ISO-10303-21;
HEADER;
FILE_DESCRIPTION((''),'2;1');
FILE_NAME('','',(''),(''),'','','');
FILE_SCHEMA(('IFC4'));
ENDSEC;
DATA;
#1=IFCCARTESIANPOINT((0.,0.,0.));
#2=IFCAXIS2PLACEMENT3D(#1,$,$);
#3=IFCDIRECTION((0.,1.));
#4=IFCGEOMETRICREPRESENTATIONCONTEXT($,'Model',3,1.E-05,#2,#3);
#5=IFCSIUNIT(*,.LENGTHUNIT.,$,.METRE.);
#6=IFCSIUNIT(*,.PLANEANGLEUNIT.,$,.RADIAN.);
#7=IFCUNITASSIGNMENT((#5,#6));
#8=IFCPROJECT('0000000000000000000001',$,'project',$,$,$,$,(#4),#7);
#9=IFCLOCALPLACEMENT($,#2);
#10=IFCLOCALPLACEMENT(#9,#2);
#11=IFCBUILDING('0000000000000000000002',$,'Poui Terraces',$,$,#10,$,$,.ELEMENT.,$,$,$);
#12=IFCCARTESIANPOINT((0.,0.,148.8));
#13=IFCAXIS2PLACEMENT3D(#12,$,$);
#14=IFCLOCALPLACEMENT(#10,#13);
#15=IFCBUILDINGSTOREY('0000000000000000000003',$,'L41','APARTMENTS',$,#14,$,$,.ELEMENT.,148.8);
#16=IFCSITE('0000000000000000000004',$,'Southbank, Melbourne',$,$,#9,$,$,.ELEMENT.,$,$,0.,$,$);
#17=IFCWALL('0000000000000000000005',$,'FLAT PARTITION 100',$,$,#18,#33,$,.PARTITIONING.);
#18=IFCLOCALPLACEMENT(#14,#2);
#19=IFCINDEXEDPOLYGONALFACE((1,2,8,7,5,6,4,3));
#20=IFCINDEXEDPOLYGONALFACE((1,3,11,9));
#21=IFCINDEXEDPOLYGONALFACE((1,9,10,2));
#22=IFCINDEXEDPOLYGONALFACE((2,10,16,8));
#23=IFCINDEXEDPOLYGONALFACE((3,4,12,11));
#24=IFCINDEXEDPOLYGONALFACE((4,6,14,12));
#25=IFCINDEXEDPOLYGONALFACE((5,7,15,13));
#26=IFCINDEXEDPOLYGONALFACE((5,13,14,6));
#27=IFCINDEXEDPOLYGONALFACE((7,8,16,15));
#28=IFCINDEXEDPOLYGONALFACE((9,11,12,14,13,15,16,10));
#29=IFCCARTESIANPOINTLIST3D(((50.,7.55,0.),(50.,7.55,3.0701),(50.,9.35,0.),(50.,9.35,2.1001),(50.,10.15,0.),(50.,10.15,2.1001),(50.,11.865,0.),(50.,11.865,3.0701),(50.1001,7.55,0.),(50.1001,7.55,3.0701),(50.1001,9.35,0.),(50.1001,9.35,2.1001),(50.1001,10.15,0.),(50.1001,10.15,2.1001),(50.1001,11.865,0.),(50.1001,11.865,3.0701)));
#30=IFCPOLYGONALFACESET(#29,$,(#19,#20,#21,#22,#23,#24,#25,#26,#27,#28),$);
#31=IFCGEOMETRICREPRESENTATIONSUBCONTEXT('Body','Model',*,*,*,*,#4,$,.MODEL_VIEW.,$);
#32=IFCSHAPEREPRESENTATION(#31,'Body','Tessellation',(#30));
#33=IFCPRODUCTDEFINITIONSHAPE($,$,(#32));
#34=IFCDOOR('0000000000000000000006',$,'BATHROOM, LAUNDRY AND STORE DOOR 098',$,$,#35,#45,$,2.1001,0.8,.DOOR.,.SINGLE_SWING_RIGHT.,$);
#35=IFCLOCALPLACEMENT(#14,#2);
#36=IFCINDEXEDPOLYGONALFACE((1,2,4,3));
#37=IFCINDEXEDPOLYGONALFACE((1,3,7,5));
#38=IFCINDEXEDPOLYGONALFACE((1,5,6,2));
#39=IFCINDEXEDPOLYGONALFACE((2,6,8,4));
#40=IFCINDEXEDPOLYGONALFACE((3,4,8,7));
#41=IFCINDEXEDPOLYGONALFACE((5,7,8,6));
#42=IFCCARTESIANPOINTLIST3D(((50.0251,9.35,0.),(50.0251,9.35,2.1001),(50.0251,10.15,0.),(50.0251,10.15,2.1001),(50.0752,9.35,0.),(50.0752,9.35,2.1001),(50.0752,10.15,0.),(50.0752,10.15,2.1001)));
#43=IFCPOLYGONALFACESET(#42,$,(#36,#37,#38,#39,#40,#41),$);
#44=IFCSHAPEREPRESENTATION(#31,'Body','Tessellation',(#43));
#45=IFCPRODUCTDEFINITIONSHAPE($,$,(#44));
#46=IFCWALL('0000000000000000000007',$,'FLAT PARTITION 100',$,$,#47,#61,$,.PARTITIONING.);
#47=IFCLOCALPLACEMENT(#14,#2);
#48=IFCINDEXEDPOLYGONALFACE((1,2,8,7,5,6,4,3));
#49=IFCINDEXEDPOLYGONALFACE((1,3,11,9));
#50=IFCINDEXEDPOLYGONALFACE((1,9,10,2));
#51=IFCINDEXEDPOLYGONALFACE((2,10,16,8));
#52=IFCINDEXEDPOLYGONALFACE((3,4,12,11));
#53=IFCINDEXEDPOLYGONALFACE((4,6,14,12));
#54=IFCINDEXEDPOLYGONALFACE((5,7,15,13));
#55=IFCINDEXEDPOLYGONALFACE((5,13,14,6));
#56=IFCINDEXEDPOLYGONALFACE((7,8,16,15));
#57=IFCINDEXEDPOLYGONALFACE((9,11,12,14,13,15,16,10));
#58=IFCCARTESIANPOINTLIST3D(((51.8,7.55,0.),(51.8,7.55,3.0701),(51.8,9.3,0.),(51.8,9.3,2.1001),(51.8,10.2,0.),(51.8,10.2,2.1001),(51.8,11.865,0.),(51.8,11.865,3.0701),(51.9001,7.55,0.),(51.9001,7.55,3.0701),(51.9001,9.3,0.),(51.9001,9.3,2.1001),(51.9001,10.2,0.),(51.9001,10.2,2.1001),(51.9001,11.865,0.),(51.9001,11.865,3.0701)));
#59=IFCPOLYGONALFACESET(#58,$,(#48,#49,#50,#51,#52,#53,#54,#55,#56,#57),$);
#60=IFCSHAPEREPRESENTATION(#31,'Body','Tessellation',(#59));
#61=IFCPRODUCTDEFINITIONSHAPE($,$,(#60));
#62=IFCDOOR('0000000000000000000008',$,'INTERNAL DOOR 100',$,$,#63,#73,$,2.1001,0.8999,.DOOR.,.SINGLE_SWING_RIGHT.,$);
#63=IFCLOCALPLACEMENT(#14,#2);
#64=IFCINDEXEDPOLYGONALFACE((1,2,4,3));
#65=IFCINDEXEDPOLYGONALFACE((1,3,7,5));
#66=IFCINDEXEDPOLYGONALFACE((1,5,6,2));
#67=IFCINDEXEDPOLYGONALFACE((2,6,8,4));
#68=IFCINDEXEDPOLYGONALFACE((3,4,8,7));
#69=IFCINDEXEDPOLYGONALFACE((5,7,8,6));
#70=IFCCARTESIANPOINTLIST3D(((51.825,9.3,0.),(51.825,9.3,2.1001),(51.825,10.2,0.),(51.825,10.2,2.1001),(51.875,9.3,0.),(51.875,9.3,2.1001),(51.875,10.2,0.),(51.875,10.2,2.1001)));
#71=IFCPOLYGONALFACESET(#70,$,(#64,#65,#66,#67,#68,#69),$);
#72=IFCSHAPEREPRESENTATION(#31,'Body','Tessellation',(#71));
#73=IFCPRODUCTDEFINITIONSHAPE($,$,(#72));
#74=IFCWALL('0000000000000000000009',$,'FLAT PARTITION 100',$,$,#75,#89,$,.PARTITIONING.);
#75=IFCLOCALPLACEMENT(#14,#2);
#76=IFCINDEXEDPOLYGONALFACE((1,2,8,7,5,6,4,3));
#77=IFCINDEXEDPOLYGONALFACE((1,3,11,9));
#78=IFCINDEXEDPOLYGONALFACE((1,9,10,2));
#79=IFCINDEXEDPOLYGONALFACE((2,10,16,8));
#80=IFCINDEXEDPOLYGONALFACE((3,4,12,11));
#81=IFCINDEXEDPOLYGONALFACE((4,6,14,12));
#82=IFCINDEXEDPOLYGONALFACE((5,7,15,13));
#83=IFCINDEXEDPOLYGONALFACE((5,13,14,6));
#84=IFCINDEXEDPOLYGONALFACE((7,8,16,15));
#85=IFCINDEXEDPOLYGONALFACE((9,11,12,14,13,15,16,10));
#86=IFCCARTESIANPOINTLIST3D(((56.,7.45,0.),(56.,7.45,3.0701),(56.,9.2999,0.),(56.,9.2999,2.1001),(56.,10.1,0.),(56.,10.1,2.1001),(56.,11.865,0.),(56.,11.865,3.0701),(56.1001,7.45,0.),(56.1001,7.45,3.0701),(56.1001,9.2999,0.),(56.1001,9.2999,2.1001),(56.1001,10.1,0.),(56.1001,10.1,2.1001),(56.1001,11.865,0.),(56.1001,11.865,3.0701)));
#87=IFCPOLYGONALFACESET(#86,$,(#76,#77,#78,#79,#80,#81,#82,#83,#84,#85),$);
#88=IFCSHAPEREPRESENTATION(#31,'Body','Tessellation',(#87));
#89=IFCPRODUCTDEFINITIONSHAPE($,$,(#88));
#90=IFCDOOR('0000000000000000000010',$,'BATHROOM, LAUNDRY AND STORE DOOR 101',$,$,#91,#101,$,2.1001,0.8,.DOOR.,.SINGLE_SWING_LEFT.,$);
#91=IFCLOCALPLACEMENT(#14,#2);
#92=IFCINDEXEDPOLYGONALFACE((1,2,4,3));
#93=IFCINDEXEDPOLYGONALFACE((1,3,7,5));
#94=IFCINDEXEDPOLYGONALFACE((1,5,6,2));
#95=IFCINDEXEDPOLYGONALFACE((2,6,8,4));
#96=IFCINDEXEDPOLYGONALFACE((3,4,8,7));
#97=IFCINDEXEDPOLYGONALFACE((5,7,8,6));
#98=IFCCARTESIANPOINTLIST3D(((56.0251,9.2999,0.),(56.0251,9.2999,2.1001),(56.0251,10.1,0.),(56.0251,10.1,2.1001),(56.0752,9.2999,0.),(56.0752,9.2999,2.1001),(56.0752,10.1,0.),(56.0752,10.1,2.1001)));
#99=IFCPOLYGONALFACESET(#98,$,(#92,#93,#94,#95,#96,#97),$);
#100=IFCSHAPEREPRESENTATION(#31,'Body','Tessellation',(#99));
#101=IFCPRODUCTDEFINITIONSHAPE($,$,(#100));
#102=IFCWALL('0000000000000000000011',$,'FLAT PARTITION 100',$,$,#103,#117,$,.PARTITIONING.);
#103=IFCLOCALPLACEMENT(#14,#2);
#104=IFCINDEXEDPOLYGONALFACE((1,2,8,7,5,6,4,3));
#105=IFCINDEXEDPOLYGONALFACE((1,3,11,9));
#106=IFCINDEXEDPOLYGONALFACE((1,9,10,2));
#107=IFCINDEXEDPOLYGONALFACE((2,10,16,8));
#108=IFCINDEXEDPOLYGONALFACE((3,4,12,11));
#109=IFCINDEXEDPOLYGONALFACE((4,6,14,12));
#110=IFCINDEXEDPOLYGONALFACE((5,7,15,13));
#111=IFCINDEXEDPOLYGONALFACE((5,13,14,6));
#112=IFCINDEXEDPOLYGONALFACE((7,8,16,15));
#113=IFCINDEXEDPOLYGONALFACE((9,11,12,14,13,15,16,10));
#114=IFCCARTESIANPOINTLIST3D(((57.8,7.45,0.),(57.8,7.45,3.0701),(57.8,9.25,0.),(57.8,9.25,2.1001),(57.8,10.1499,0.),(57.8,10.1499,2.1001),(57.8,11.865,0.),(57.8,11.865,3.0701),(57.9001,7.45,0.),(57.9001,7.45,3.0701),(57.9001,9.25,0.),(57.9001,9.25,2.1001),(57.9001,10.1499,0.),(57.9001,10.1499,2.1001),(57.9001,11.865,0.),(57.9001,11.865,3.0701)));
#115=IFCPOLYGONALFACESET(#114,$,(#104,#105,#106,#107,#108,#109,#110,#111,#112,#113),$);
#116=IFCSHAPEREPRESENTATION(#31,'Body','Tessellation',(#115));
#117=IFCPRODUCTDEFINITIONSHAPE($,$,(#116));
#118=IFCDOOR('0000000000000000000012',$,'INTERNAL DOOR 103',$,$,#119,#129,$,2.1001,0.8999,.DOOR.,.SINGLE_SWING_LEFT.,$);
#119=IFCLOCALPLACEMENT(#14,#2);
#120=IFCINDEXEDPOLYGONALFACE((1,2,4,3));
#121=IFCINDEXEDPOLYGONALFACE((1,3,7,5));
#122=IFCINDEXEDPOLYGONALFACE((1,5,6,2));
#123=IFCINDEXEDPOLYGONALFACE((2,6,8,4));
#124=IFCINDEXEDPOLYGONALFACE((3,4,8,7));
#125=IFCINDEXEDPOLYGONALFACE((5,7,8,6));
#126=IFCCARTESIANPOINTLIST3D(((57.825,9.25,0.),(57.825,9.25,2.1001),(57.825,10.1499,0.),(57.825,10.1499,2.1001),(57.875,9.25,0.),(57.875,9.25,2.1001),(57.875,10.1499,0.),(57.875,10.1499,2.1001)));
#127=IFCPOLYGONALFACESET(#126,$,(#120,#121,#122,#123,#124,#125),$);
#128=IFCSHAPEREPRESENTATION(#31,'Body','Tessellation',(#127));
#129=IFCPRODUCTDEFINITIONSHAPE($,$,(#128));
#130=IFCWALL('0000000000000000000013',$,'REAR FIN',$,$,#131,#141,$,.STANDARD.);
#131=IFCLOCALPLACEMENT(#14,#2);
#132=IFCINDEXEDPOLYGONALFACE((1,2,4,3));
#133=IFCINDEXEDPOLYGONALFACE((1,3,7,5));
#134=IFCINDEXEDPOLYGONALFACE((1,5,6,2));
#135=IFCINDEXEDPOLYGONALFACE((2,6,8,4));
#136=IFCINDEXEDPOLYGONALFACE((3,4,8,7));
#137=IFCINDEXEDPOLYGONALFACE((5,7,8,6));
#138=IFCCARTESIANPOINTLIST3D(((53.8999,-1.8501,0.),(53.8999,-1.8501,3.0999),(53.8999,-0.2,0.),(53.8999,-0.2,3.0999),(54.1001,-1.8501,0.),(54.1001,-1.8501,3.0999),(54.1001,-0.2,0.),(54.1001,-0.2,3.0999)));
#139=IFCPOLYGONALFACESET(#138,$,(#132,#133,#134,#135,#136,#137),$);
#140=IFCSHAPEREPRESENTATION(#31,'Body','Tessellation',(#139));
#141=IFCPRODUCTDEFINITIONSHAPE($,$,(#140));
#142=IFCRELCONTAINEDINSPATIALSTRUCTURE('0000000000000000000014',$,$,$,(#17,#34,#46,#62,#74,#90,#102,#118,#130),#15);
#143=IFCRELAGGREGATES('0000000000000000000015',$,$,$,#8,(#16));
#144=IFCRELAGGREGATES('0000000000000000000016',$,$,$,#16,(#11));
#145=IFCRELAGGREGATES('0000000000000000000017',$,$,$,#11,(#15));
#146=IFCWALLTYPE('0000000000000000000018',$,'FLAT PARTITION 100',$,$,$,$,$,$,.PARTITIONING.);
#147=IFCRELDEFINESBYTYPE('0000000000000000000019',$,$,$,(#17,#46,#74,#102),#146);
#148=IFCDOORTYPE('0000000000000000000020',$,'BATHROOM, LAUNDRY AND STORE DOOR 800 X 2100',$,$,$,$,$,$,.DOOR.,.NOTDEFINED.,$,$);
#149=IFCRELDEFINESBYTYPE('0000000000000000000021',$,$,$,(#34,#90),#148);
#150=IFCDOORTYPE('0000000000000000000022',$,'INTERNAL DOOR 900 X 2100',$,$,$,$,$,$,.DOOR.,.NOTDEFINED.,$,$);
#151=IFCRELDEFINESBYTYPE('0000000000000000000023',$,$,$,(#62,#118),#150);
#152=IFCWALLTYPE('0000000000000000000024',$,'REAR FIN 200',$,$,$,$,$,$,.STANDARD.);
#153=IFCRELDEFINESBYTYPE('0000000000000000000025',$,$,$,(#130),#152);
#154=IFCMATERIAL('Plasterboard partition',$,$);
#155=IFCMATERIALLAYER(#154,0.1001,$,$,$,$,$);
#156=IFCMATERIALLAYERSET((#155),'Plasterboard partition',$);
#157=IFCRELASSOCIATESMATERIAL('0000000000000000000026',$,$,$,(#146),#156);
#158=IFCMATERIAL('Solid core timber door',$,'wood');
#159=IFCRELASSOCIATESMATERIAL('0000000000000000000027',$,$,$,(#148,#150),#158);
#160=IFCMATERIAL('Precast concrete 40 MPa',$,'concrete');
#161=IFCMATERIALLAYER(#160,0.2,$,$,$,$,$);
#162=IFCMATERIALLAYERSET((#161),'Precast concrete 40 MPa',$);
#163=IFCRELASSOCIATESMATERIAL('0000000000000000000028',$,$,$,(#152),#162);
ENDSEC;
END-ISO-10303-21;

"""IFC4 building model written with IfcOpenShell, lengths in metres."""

from ifc_helpers import new_model, si_unit, direction, frame, frame_2d, origin, place, context, subcontext, project, spatial, polyline, rectangle, outline, extrude, source, transform, mapped, material, layer, layer_set, type_object, element, fill, save


model = new_model("IFC4")

# Units and contexts
model_context = context("Model", 3, precision=1e-05, world=origin(), true_north=direction((0.0, 1.0)))
body_context = subcontext(model_context, "Body", "Model", "MODEL_VIEW")
ifc_project = project(units=[si_unit("LENGTHUNIT", "METRE"), si_unit("PLANEANGLEUNIT", "RADIAN")], contexts=[model_context])

# Site, building, storey
site_placement = place(None, origin())
site = spatial("IfcSite", under=ifc_project, at=site_placement, Name="Southbank, Melbourne", CompositionType="ELEMENT", RefElevation=0.0)
building_placement = place(site_placement, origin())
building = spatial("IfcBuilding", under=site, at=building_placement, Name="Poui Terraces", CompositionType="ELEMENT")
storey_placement = place(building_placement, frame((0.0, 0.0, 148.8)))
storey = spatial("IfcBuildingStorey", under=building, at=storey_placement, Name="L41", Description="APARTMENTS", CompositionType="ELEMENT", Elevation=148.8)

# Shared definitions
ifc_material_1 = material(Name="Precast concrete 40 MPa", Category="concrete")

# Shared definitions
ifc_material_2 = material(Name="Plasterboard partition")
ifc_layer_1 = layer(ifc_material_2, 0.1001)
ifc_layer_set_1 = layer_set([ifc_layer_1], Name="Plasterboard partition")
wall_type_1 = type_object("IfcWallType", Name="FLAT PARTITION 100", PredefinedType="PARTITIONING", material=ifc_layer_set_1)

# Walls, openings, doors
wall_1_placement = place(storey_placement, frame((50.05, 7.55, 0.0), z_axis=(0.0, 0.0, 1.0), x_axis=(0.0, 1.0, 0.0)))
wall_1 = element("IfcWall", 1, at=wall_1_placement, inside=storey, type_object=wall_type_1, Name="FLAT PARTITION 100", PredefinedType="PARTITIONING", context=body_context, shape_type="SweptSolid", body=[
    extrude(rectangle(XDim=4.3149, YDim=0.1001, at=frame_2d((2.1575, 0.0))), origin(), (0.0, 0.0, 1.0), 3.0701),
])
opening_1_placement = place(wall_1_placement, frame((1.8, 0.0, 0.0)))
opening_1 = element("IfcOpeningElement", 2, at=opening_1_placement, cuts=wall_1, PredefinedType="OPENING", context=body_context, shape_type="SweptSolid", body=[
    extrude(rectangle(XDim=0.8, YDim=2.1001, at=frame_2d((0.3999, 1.05))), frame((0.0, 0.0601, 0.0), z_axis=(0.0, -1.0, 0.0), x_axis=(1.0, 0.0, 0.0)), (0.0, 0.0, 1.0), 0.1201),
])
ifc_material_3 = material(Name="Solid core timber door", Category="wood")
door_type_1 = type_object("IfcDoorType", Name="BATHROOM, LAUNDRY AND STORE DOOR 800 X 2100", OperationType="NOTDEFINED", PredefinedType="DOOR", material=ifc_material_3)
door_1_placement = place(opening_1_placement, origin())
door_1 = element("IfcDoor", 3, at=door_1_placement, inside=storey, type_object=door_type_1, Name="BATHROOM, LAUNDRY AND STORE DOOR 098", OperationType="SINGLE_SWING_RIGHT", OverallHeight=2.1001, OverallWidth=0.8, PredefinedType="DOOR", context=body_context, shape_type="SweptSolid", body=[
    extrude(rectangle(XDim=0.8, YDim=2.1001, at=frame_2d((0.3999, 1.05))), frame((0.0, 0.0249, 0.0), z_axis=(0.0, -1.0, 0.0), x_axis=(1.0, 0.0, 0.0)), (0.0, 0.0, 1.0), 0.05),
])
fill(opening_1, door_1)
wall_2_placement = place(storey_placement, frame((51.8501, 7.55, 0.0), z_axis=(0.0, 0.0, 1.0), x_axis=(0.0, 1.0, 0.0)))
wall_2 = element("IfcWall", 4, at=wall_2_placement, inside=storey, type_object=wall_type_1, Name="FLAT PARTITION 100", PredefinedType="PARTITIONING", context=body_context, shape_type="SweptSolid", body=[
    extrude(rectangle(XDim=4.3149, YDim=0.1001, at=frame_2d((2.1575, 0.0))), origin(), (0.0, 0.0, 1.0), 3.0701),
])
opening_2_placement = place(wall_2_placement, frame((1.75, 0.0, 0.0)))
opening_2 = element("IfcOpeningElement", 5, at=opening_2_placement, cuts=wall_2, PredefinedType="OPENING", context=body_context, shape_type="SweptSolid", body=[
    extrude(rectangle(XDim=0.8999, YDim=2.1001, at=frame_2d((0.45, 1.05))), frame((0.0, 0.0601, 0.0), z_axis=(0.0, -1.0, 0.0), x_axis=(1.0, 0.0, 0.0)), (0.0, 0.0, 1.0), 0.1201),
])
door_type_2 = type_object("IfcDoorType", Name="INTERNAL DOOR 900 X 2100", OperationType="NOTDEFINED", PredefinedType="DOOR", material=ifc_material_3)
door_2_placement = place(opening_2_placement, frame((0.8999, 0.0, 0.0), z_axis=(0.0, 0.0, 1.0), x_axis=(-1.0, 0.0, 0.0)))
door_2 = element("IfcDoor", 6, at=door_2_placement, inside=storey, type_object=door_type_2, Name="INTERNAL DOOR 100", OperationType="SINGLE_SWING_RIGHT", OverallHeight=2.1001, OverallWidth=0.8999, PredefinedType="DOOR", context=body_context, shape_type="SweptSolid", body=[
    extrude(rectangle(XDim=0.8999, YDim=2.1001, at=frame_2d((0.45, 1.05))), frame((0.0, 0.0249, 0.0), z_axis=(0.0, -1.0, 0.0), x_axis=(1.0, 0.0, 0.0)), (0.0, 0.0, 1.0), 0.05),
])
fill(opening_2, door_2)
wall_3_placement = place(storey_placement, frame((56.05, 7.45, 0.0), z_axis=(0.0, 0.0, 1.0), x_axis=(0.0, 1.0, 0.0)))
wall_3 = element("IfcWall", 7, at=wall_3_placement, inside=storey, type_object=wall_type_1, Name="FLAT PARTITION 100", PredefinedType="PARTITIONING", context=body_context, shape_type="SweptSolid", body=[
    extrude(rectangle(XDim=4.415, YDim=0.1001, at=frame_2d((2.2075, 0.0))), origin(), (0.0, 0.0, 1.0), 3.0701),
])
opening_3_placement = place(wall_3_placement, frame((1.8501, 0.0, 0.0)))
opening_3 = element("IfcOpeningElement", 8, at=opening_3_placement, cuts=wall_3, PredefinedType="OPENING", context=body_context, shape_type="SweptSolid", body=[
    extrude(rectangle(XDim=0.8, YDim=2.1001, at=frame_2d((0.3999, 1.05))), frame((0.0, 0.0601, 0.0), z_axis=(0.0, -1.0, 0.0), x_axis=(1.0, 0.0, 0.0)), (0.0, 0.0, 1.0), 0.1201),
])
door_3_placement = place(opening_3_placement, origin())
door_3 = element("IfcDoor", 9, at=door_3_placement, inside=storey, type_object=door_type_1, Name="BATHROOM, LAUNDRY AND STORE DOOR 101", OperationType="SINGLE_SWING_LEFT", OverallHeight=2.1001, OverallWidth=0.8, PredefinedType="DOOR", context=body_context, shape_type="SweptSolid", body=[
    extrude(rectangle(XDim=0.8, YDim=2.1001, at=frame_2d((0.3999, 1.05))), frame((0.0, 0.0249, 0.0), z_axis=(0.0, -1.0, 0.0), x_axis=(1.0, 0.0, 0.0)), (0.0, 0.0, 1.0), 0.05),
])
fill(opening_3, door_3)
wall_4_placement = place(storey_placement, frame((57.8501, 7.45, 0.0), z_axis=(0.0, 0.0, 1.0), x_axis=(0.0, 1.0, 0.0)))
wall_4 = element("IfcWall", 10, at=wall_4_placement, inside=storey, type_object=wall_type_1, Name="FLAT PARTITION 100", PredefinedType="PARTITIONING", context=body_context, shape_type="SweptSolid", body=[
    extrude(rectangle(XDim=4.415, YDim=0.1001, at=frame_2d((2.2075, 0.0))), origin(), (0.0, 0.0, 1.0), 3.0701),
])
opening_4_placement = place(wall_4_placement, frame((1.8, 0.0, 0.0)))
opening_4 = element("IfcOpeningElement", 11, at=opening_4_placement, cuts=wall_4, PredefinedType="OPENING", context=body_context, shape_type="SweptSolid", body=[
    extrude(rectangle(XDim=0.8999, YDim=2.1001, at=frame_2d((0.45, 1.05))), frame((0.0, 0.0601, 0.0), z_axis=(0.0, -1.0, 0.0), x_axis=(1.0, 0.0, 0.0)), (0.0, 0.0, 1.0), 0.1201),
])
door_4_placement = place(opening_4_placement, frame((0.8999, 0.0, 0.0), z_axis=(0.0, 0.0, 1.0), x_axis=(-1.0, 0.0, 0.0)))
door_4 = element("IfcDoor", 12, at=door_4_placement, inside=storey, type_object=door_type_2, Name="INTERNAL DOOR 103", OperationType="SINGLE_SWING_LEFT", OverallHeight=2.1001, OverallWidth=0.8999, PredefinedType="DOOR", context=body_context, shape_type="SweptSolid", body=[
    extrude(rectangle(XDim=0.8999, YDim=2.1001, at=frame_2d((0.45, 1.05))), frame((0.0, 0.0249, 0.0), z_axis=(0.0, -1.0, 0.0), x_axis=(1.0, 0.0, 0.0)), (0.0, 0.0, 1.0), 0.05),
])
fill(opening_4, door_4)

# Wall
ifc_layer_2 = layer(ifc_material_1, 0.2)
ifc_layer_set_2 = layer_set([ifc_layer_2], Name="Precast concrete 40 MPa")
wall_type_2 = type_object("IfcWallType", Name="REAR FIN 200", PredefinedType="STANDARD", material=ifc_layer_set_2)
shared_shape_1 = source(origin(), body_context, "Body", "SweptSolid", [
    extrude(outline(polyline([(0.0, 0.0), (0.2002, 0.0), (0.2002, 1.6501), (0.0, 1.6501), (0.0, 0.0)])), origin(), (0.0, 0.0, 1.0), 3.0999),
])
wall_5_placement = place(storey_placement, frame((53.8999, -1.8501, 0.0)))
element("IfcWall", 13, at=wall_5_placement, inside=storey, type_object=wall_type_2, Name="REAR FIN", PredefinedType="STANDARD", context=body_context, shape_type="MappedRepresentation", body=[
    mapped(shared_shape_1, transform((0.0, 0.0, 0.0))),
])

save(model, "model.ifc")
